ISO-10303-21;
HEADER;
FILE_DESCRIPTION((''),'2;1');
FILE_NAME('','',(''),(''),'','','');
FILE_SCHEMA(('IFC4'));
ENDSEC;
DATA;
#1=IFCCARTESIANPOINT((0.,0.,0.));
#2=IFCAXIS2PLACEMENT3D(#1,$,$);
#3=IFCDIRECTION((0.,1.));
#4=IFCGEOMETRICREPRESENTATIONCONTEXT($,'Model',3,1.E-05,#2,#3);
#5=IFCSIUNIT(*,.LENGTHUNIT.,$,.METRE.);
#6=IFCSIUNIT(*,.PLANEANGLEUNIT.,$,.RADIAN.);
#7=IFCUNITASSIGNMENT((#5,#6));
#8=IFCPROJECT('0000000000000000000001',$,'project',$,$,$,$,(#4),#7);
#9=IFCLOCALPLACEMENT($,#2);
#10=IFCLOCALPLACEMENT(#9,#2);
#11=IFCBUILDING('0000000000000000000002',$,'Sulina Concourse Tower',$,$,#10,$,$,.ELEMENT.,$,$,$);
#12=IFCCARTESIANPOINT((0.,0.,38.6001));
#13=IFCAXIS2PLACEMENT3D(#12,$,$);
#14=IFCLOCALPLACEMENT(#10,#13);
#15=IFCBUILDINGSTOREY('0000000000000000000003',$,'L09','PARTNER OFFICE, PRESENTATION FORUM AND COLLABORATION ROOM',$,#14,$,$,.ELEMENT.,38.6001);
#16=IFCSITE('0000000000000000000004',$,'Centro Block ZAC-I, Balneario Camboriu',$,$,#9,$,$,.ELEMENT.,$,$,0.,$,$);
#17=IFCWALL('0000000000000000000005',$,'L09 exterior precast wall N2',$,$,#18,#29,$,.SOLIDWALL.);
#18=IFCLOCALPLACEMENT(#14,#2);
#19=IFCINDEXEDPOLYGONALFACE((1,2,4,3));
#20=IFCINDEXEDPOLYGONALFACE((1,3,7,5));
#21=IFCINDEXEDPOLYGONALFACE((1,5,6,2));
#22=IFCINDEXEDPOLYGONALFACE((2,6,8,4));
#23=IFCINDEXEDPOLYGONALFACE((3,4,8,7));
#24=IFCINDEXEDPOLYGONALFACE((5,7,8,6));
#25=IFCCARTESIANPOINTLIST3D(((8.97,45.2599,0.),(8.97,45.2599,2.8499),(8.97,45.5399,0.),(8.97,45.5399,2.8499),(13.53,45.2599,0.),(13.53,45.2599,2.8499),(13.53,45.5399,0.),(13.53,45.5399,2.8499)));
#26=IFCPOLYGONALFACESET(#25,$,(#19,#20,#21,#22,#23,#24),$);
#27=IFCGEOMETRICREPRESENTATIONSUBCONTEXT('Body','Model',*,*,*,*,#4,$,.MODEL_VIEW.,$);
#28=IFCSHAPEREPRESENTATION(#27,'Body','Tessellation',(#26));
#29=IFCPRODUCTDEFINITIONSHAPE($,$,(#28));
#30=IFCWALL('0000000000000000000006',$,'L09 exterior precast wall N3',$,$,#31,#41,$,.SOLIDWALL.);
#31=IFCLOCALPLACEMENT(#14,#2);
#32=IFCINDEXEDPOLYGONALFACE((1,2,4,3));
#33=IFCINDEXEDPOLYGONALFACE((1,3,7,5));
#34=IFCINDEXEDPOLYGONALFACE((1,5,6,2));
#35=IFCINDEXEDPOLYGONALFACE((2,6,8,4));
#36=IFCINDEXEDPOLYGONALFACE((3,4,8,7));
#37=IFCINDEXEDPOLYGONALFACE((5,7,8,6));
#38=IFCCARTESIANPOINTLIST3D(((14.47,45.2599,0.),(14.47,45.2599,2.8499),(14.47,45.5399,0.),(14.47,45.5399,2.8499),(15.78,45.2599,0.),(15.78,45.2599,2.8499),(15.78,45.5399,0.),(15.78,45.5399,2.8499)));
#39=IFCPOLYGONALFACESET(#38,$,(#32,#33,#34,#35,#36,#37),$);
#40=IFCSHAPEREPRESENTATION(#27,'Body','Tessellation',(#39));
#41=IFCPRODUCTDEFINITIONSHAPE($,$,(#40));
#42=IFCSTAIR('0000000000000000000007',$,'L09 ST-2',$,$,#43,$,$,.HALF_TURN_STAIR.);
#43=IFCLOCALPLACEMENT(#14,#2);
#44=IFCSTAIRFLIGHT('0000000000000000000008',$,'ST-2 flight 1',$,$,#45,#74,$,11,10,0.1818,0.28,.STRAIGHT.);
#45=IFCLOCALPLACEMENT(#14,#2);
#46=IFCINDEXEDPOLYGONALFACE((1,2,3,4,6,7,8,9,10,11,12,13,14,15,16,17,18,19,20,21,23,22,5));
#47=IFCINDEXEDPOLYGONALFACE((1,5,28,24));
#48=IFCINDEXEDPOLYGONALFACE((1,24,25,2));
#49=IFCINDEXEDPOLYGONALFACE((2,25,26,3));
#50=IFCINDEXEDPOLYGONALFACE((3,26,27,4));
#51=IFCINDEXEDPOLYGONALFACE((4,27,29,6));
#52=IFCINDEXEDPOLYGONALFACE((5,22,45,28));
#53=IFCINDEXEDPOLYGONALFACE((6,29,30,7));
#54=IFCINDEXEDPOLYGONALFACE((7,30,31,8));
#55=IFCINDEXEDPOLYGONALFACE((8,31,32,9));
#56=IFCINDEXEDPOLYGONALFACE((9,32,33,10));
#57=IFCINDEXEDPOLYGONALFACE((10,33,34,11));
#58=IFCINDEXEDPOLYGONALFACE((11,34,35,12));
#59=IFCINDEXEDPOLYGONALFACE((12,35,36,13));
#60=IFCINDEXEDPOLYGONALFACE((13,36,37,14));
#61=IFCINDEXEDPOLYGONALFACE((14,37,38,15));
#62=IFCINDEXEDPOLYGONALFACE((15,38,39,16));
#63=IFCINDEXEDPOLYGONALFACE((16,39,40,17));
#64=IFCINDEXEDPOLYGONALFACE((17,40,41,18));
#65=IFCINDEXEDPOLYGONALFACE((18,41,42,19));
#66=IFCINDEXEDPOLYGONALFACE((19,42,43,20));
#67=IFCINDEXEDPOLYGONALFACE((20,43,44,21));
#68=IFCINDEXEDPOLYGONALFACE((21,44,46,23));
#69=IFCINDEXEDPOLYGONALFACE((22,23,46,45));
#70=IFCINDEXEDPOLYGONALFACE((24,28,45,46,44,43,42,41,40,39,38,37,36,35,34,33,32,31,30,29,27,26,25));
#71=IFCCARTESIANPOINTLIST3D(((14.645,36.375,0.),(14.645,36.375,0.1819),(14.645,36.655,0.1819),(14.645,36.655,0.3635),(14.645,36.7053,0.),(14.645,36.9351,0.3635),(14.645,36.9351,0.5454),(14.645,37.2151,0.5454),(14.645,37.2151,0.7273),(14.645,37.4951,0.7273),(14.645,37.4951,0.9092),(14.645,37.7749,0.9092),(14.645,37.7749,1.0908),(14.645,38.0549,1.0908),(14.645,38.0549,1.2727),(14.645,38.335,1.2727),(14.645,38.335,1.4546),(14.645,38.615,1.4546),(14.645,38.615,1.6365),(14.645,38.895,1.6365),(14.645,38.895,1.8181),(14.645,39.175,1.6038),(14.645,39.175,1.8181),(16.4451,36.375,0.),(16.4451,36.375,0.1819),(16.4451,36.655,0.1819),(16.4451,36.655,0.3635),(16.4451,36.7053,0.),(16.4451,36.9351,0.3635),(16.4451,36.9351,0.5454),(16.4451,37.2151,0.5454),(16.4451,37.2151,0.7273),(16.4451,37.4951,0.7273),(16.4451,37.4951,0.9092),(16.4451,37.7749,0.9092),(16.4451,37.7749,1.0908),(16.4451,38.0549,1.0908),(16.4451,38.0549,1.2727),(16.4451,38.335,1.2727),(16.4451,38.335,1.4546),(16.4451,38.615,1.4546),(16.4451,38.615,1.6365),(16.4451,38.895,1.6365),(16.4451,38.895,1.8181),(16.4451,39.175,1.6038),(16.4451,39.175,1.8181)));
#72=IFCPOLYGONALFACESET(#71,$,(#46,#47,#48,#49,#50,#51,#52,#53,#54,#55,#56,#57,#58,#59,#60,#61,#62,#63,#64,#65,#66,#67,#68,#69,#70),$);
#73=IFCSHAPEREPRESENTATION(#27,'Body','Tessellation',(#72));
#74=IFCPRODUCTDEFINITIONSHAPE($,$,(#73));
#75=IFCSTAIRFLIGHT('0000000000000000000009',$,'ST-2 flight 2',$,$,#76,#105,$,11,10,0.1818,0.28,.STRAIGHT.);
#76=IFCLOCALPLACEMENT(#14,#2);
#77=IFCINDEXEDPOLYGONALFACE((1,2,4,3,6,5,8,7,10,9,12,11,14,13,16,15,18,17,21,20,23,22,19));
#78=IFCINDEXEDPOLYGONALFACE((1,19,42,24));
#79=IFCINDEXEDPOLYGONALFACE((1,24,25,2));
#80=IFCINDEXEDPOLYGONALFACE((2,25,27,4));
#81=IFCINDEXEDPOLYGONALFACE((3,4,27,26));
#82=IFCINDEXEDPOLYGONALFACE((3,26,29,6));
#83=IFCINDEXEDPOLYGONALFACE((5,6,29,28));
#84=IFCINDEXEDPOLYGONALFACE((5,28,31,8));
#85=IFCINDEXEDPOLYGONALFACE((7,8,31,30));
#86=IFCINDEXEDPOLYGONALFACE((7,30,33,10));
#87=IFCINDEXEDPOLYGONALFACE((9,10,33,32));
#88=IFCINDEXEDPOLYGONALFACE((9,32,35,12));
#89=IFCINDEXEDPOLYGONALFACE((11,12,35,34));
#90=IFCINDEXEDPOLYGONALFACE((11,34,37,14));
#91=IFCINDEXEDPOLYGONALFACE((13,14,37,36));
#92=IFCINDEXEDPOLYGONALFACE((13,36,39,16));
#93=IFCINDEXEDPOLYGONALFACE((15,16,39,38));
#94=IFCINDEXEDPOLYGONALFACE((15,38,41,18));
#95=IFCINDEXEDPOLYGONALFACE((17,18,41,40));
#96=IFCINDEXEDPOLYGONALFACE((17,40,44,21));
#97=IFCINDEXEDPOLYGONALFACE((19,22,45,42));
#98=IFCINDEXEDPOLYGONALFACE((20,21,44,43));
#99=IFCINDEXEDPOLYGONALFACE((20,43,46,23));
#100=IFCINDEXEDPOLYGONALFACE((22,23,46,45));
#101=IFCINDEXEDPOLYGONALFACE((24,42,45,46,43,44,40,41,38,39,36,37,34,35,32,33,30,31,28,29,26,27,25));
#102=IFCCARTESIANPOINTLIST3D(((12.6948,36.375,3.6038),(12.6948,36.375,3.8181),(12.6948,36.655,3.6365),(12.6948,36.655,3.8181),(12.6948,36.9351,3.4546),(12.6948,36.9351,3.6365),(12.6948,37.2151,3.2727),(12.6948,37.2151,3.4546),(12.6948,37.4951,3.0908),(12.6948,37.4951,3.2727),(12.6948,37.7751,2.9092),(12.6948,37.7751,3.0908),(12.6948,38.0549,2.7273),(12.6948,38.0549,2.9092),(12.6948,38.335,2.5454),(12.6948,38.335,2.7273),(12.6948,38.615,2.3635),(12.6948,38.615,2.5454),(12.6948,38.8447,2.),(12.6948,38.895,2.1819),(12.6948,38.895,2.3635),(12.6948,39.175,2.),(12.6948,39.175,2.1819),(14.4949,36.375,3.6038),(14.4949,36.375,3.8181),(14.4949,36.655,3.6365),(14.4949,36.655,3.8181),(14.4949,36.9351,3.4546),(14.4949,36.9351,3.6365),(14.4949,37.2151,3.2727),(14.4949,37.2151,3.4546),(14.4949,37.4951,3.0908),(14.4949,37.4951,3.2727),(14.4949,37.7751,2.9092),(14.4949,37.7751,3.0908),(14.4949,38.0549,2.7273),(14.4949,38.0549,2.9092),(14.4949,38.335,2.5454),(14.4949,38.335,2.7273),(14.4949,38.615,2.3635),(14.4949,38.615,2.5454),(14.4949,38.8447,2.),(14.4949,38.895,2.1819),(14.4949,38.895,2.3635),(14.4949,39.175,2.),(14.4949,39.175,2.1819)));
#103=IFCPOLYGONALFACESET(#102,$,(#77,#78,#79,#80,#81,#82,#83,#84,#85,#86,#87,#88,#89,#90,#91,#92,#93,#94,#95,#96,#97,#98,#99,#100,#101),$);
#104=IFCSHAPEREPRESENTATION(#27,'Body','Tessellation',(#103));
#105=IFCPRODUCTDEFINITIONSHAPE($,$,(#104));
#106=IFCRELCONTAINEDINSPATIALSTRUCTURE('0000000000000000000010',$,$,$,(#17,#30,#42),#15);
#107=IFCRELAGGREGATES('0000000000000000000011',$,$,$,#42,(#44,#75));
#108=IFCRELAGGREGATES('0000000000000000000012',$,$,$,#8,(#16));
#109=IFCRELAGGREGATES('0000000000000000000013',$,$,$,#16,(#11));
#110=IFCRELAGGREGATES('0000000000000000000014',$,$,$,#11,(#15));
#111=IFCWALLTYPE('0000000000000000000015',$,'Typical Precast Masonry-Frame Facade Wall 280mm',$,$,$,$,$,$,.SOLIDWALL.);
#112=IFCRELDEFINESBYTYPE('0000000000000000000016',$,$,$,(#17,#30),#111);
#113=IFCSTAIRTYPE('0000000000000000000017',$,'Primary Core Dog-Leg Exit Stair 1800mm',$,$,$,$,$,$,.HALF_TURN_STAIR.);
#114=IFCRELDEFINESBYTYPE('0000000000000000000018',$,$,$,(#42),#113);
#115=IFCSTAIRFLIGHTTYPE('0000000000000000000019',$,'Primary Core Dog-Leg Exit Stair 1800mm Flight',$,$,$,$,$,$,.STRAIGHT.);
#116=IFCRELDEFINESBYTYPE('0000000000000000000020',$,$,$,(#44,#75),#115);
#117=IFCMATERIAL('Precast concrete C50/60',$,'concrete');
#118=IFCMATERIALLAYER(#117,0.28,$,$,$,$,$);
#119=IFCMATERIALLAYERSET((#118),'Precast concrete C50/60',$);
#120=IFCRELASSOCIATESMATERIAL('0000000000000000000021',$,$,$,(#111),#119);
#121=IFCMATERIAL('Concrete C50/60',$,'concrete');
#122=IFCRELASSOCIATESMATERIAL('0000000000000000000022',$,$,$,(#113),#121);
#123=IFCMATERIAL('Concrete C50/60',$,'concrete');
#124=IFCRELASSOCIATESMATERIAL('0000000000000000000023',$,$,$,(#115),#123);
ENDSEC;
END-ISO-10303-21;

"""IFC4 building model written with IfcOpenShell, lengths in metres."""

from ifc_helpers import new_model, si_unit, direction, frame, frame_2d, origin, place, context, subcontext, project, spatial, polyline, rectangle, outline, extrude, material, layer, layer_set, type_object, element, aggregate, save


model = new_model("IFC4")

# Units and contexts
model_context = context("Model", 3, precision=1e-05, world=origin(), true_north=direction((0.0, 1.0)))
body_context = subcontext(model_context, "Body", "Model", "MODEL_VIEW")
ifc_project = project(units=[si_unit("LENGTHUNIT", "METRE"), si_unit("PLANEANGLEUNIT", "RADIAN")], contexts=[model_context])

# Site, building, storey
site_placement = place(None, origin())
site = spatial("IfcSite", under=ifc_project, at=site_placement, Name="Centro Block ZAC-I, Balneario Camboriu", CompositionType="ELEMENT", RefElevation=0.0)
building_placement = place(site_placement, origin())
building = spatial("IfcBuilding", under=site, at=building_placement, Name="Sulina Concourse Tower", CompositionType="ELEMENT")
storey_placement = place(building_placement, frame((0.0, 0.0, 38.6001)))
storey = spatial("IfcBuildingStorey", under=building, at=storey_placement, Name="L09", Description="PARTNER OFFICE, PRESENTATION FORUM AND COLLABORATION ROOM", CompositionType="ELEMENT", Elevation=38.6001)

# Walls
ifc_material_1 = material(Name="Precast concrete C50/60", Category="concrete")
ifc_layer_1 = layer(ifc_material_1, 0.28)
ifc_layer_set_1 = layer_set([ifc_layer_1], Name="Precast concrete C50/60")
wall_type_1 = type_object("IfcWallType", Name="Typical Precast Masonry-Frame Facade Wall 280mm", PredefinedType="SOLIDWALL", material=ifc_layer_set_1)
wall_1_placement = place(storey_placement, frame((8.97, 45.3999, 0.0), z_axis=(0.0, 0.0, 1.0), x_axis=(1.0, 0.0, 0.0)))
element("IfcWall", 1, at=wall_1_placement, inside=storey, type_object=wall_type_1, Name="L09 exterior precast wall N2", PredefinedType="SOLIDWALL", context=body_context, shape_type="SweptSolid", body=[
    extrude(rectangle(XDim=4.5601, YDim=0.28, at=frame_2d((2.28, 0.0))), origin(), (0.0, 0.0, 1.0), 2.8499),
])
wall_2_placement = place(storey_placement, frame((14.47, 45.3999, 0.0), z_axis=(0.0, 0.0, 1.0), x_axis=(1.0, 0.0, 0.0)))
element("IfcWall", 2, at=wall_2_placement, inside=storey, type_object=wall_type_1, Name="L09 exterior precast wall N3", PredefinedType="SOLIDWALL", context=body_context, shape_type="SweptSolid", body=[
    extrude(rectangle(XDim=1.3101, YDim=0.28, at=frame_2d((0.655, 0.0))), origin(), (0.0, 0.0, 1.0), 2.8499),
])

# Stair, stair flights
ifc_material_2 = material(Name="Concrete C50/60", Category="concrete")
stair_type = type_object("IfcStairType", Name="Primary Core Dog-Leg Exit Stair 1800mm", PredefinedType="HALF_TURN_STAIR", material=ifc_material_2)
stair_placement = place(storey_placement, origin())
stair = element("IfcStair", 3, at=stair_placement, inside=storey, type_object=stair_type, Name="L09 ST-2", PredefinedType="HALF_TURN_STAIR")
ifc_material_3 = material(Name="Concrete C50/60", Category="concrete")
stair_flight_type = type_object("IfcStairFlightType", Name="Primary Core Dog-Leg Exit Stair 1800mm Flight", PredefinedType="STRAIGHT", material=ifc_material_3)
stair_flight_1_placement = place(storey_placement, frame((15.5449, 36.375, 0.0), z_axis=(0.0, 0.0, 1.0), x_axis=(0.0, 1.0, 0.0)))
stair_flight_1 = element("IfcStairFlight", 4, at=stair_flight_1_placement, type_object=stair_flight_type, Name="ST-2 flight 1", NumberOfRisers=11, NumberOfTreads=10, PredefinedType="STRAIGHT", RiserHeight=0.1818, TreadLength=0.28, context=body_context, shape_type="SweptSolid", body=[
    extrude(outline(polyline([(0.0, 0.0), (0.0, 0.1819), (0.28, 0.1819), (0.28, 0.3635), (0.5601, 0.3635), (0.5601, 0.5454), (0.8401, 0.5454), (0.8401, 0.7273), (1.1201, 0.7273), (1.1201, 0.9092), (1.3999, 0.9092), (1.3999, 1.0908), (1.6799, 1.0908), (1.6799, 1.2727), (1.96, 1.2727), (1.96, 1.4546), (2.24, 1.4546), (2.24, 1.6365), (2.52, 1.6365), (2.52, 1.8181), (2.8, 1.8181), (2.8, 2.0), (2.8, 1.6038), (0.3303, 0.0), (0.0, 0.0)])), frame((0.0, 0.8999, 0.0), z_axis=(0.0, -1.0, 0.0), x_axis=(1.0, 0.0, 0.0)), (0.0, 0.0, 1.0), 1.8),
])
stair_flight_2_placement = place(storey_placement, frame((13.595, 39.175, 2.0), z_axis=(0.0, 0.0, 1.0), x_axis=(0.0, -1.0, 0.0)))
stair_flight_2 = element("IfcStairFlight", 5, at=stair_flight_2_placement, type_object=stair_flight_type, Name="ST-2 flight 2", NumberOfRisers=11, NumberOfTreads=10, PredefinedType="STRAIGHT", RiserHeight=0.1818, TreadLength=0.28, context=body_context, shape_type="SweptSolid", body=[
    extrude(outline(polyline([(0.0, 0.0), (0.0, 0.1819), (0.28, 0.1819), (0.28, 0.3635), (0.5601, 0.3635), (0.5601, 0.5454), (0.8401, 0.5454), (0.8401, 0.7273), (1.1201, 0.7273), (1.1201, 0.9092), (1.3999, 0.9092), (1.3999, 1.0908), (1.6799, 1.0908), (1.6799, 1.2727), (1.96, 1.2727), (1.96, 1.4546), (2.24, 1.4546), (2.24, 1.6365), (2.52, 1.6365), (2.52, 1.8181), (2.8, 1.8181), (2.8, 2.0), (2.8, 1.6038), (0.3303, 0.0), (0.0, 0.0)])), frame((0.0, 0.8999, 0.0), z_axis=(0.0, -1.0, 0.0), x_axis=(1.0, 0.0, 0.0)), (0.0, 0.0, 1.0), 1.8),
])
aggregate(stair, [stair_flight_1, stair_flight_2])

save(model, "model.ifc")
